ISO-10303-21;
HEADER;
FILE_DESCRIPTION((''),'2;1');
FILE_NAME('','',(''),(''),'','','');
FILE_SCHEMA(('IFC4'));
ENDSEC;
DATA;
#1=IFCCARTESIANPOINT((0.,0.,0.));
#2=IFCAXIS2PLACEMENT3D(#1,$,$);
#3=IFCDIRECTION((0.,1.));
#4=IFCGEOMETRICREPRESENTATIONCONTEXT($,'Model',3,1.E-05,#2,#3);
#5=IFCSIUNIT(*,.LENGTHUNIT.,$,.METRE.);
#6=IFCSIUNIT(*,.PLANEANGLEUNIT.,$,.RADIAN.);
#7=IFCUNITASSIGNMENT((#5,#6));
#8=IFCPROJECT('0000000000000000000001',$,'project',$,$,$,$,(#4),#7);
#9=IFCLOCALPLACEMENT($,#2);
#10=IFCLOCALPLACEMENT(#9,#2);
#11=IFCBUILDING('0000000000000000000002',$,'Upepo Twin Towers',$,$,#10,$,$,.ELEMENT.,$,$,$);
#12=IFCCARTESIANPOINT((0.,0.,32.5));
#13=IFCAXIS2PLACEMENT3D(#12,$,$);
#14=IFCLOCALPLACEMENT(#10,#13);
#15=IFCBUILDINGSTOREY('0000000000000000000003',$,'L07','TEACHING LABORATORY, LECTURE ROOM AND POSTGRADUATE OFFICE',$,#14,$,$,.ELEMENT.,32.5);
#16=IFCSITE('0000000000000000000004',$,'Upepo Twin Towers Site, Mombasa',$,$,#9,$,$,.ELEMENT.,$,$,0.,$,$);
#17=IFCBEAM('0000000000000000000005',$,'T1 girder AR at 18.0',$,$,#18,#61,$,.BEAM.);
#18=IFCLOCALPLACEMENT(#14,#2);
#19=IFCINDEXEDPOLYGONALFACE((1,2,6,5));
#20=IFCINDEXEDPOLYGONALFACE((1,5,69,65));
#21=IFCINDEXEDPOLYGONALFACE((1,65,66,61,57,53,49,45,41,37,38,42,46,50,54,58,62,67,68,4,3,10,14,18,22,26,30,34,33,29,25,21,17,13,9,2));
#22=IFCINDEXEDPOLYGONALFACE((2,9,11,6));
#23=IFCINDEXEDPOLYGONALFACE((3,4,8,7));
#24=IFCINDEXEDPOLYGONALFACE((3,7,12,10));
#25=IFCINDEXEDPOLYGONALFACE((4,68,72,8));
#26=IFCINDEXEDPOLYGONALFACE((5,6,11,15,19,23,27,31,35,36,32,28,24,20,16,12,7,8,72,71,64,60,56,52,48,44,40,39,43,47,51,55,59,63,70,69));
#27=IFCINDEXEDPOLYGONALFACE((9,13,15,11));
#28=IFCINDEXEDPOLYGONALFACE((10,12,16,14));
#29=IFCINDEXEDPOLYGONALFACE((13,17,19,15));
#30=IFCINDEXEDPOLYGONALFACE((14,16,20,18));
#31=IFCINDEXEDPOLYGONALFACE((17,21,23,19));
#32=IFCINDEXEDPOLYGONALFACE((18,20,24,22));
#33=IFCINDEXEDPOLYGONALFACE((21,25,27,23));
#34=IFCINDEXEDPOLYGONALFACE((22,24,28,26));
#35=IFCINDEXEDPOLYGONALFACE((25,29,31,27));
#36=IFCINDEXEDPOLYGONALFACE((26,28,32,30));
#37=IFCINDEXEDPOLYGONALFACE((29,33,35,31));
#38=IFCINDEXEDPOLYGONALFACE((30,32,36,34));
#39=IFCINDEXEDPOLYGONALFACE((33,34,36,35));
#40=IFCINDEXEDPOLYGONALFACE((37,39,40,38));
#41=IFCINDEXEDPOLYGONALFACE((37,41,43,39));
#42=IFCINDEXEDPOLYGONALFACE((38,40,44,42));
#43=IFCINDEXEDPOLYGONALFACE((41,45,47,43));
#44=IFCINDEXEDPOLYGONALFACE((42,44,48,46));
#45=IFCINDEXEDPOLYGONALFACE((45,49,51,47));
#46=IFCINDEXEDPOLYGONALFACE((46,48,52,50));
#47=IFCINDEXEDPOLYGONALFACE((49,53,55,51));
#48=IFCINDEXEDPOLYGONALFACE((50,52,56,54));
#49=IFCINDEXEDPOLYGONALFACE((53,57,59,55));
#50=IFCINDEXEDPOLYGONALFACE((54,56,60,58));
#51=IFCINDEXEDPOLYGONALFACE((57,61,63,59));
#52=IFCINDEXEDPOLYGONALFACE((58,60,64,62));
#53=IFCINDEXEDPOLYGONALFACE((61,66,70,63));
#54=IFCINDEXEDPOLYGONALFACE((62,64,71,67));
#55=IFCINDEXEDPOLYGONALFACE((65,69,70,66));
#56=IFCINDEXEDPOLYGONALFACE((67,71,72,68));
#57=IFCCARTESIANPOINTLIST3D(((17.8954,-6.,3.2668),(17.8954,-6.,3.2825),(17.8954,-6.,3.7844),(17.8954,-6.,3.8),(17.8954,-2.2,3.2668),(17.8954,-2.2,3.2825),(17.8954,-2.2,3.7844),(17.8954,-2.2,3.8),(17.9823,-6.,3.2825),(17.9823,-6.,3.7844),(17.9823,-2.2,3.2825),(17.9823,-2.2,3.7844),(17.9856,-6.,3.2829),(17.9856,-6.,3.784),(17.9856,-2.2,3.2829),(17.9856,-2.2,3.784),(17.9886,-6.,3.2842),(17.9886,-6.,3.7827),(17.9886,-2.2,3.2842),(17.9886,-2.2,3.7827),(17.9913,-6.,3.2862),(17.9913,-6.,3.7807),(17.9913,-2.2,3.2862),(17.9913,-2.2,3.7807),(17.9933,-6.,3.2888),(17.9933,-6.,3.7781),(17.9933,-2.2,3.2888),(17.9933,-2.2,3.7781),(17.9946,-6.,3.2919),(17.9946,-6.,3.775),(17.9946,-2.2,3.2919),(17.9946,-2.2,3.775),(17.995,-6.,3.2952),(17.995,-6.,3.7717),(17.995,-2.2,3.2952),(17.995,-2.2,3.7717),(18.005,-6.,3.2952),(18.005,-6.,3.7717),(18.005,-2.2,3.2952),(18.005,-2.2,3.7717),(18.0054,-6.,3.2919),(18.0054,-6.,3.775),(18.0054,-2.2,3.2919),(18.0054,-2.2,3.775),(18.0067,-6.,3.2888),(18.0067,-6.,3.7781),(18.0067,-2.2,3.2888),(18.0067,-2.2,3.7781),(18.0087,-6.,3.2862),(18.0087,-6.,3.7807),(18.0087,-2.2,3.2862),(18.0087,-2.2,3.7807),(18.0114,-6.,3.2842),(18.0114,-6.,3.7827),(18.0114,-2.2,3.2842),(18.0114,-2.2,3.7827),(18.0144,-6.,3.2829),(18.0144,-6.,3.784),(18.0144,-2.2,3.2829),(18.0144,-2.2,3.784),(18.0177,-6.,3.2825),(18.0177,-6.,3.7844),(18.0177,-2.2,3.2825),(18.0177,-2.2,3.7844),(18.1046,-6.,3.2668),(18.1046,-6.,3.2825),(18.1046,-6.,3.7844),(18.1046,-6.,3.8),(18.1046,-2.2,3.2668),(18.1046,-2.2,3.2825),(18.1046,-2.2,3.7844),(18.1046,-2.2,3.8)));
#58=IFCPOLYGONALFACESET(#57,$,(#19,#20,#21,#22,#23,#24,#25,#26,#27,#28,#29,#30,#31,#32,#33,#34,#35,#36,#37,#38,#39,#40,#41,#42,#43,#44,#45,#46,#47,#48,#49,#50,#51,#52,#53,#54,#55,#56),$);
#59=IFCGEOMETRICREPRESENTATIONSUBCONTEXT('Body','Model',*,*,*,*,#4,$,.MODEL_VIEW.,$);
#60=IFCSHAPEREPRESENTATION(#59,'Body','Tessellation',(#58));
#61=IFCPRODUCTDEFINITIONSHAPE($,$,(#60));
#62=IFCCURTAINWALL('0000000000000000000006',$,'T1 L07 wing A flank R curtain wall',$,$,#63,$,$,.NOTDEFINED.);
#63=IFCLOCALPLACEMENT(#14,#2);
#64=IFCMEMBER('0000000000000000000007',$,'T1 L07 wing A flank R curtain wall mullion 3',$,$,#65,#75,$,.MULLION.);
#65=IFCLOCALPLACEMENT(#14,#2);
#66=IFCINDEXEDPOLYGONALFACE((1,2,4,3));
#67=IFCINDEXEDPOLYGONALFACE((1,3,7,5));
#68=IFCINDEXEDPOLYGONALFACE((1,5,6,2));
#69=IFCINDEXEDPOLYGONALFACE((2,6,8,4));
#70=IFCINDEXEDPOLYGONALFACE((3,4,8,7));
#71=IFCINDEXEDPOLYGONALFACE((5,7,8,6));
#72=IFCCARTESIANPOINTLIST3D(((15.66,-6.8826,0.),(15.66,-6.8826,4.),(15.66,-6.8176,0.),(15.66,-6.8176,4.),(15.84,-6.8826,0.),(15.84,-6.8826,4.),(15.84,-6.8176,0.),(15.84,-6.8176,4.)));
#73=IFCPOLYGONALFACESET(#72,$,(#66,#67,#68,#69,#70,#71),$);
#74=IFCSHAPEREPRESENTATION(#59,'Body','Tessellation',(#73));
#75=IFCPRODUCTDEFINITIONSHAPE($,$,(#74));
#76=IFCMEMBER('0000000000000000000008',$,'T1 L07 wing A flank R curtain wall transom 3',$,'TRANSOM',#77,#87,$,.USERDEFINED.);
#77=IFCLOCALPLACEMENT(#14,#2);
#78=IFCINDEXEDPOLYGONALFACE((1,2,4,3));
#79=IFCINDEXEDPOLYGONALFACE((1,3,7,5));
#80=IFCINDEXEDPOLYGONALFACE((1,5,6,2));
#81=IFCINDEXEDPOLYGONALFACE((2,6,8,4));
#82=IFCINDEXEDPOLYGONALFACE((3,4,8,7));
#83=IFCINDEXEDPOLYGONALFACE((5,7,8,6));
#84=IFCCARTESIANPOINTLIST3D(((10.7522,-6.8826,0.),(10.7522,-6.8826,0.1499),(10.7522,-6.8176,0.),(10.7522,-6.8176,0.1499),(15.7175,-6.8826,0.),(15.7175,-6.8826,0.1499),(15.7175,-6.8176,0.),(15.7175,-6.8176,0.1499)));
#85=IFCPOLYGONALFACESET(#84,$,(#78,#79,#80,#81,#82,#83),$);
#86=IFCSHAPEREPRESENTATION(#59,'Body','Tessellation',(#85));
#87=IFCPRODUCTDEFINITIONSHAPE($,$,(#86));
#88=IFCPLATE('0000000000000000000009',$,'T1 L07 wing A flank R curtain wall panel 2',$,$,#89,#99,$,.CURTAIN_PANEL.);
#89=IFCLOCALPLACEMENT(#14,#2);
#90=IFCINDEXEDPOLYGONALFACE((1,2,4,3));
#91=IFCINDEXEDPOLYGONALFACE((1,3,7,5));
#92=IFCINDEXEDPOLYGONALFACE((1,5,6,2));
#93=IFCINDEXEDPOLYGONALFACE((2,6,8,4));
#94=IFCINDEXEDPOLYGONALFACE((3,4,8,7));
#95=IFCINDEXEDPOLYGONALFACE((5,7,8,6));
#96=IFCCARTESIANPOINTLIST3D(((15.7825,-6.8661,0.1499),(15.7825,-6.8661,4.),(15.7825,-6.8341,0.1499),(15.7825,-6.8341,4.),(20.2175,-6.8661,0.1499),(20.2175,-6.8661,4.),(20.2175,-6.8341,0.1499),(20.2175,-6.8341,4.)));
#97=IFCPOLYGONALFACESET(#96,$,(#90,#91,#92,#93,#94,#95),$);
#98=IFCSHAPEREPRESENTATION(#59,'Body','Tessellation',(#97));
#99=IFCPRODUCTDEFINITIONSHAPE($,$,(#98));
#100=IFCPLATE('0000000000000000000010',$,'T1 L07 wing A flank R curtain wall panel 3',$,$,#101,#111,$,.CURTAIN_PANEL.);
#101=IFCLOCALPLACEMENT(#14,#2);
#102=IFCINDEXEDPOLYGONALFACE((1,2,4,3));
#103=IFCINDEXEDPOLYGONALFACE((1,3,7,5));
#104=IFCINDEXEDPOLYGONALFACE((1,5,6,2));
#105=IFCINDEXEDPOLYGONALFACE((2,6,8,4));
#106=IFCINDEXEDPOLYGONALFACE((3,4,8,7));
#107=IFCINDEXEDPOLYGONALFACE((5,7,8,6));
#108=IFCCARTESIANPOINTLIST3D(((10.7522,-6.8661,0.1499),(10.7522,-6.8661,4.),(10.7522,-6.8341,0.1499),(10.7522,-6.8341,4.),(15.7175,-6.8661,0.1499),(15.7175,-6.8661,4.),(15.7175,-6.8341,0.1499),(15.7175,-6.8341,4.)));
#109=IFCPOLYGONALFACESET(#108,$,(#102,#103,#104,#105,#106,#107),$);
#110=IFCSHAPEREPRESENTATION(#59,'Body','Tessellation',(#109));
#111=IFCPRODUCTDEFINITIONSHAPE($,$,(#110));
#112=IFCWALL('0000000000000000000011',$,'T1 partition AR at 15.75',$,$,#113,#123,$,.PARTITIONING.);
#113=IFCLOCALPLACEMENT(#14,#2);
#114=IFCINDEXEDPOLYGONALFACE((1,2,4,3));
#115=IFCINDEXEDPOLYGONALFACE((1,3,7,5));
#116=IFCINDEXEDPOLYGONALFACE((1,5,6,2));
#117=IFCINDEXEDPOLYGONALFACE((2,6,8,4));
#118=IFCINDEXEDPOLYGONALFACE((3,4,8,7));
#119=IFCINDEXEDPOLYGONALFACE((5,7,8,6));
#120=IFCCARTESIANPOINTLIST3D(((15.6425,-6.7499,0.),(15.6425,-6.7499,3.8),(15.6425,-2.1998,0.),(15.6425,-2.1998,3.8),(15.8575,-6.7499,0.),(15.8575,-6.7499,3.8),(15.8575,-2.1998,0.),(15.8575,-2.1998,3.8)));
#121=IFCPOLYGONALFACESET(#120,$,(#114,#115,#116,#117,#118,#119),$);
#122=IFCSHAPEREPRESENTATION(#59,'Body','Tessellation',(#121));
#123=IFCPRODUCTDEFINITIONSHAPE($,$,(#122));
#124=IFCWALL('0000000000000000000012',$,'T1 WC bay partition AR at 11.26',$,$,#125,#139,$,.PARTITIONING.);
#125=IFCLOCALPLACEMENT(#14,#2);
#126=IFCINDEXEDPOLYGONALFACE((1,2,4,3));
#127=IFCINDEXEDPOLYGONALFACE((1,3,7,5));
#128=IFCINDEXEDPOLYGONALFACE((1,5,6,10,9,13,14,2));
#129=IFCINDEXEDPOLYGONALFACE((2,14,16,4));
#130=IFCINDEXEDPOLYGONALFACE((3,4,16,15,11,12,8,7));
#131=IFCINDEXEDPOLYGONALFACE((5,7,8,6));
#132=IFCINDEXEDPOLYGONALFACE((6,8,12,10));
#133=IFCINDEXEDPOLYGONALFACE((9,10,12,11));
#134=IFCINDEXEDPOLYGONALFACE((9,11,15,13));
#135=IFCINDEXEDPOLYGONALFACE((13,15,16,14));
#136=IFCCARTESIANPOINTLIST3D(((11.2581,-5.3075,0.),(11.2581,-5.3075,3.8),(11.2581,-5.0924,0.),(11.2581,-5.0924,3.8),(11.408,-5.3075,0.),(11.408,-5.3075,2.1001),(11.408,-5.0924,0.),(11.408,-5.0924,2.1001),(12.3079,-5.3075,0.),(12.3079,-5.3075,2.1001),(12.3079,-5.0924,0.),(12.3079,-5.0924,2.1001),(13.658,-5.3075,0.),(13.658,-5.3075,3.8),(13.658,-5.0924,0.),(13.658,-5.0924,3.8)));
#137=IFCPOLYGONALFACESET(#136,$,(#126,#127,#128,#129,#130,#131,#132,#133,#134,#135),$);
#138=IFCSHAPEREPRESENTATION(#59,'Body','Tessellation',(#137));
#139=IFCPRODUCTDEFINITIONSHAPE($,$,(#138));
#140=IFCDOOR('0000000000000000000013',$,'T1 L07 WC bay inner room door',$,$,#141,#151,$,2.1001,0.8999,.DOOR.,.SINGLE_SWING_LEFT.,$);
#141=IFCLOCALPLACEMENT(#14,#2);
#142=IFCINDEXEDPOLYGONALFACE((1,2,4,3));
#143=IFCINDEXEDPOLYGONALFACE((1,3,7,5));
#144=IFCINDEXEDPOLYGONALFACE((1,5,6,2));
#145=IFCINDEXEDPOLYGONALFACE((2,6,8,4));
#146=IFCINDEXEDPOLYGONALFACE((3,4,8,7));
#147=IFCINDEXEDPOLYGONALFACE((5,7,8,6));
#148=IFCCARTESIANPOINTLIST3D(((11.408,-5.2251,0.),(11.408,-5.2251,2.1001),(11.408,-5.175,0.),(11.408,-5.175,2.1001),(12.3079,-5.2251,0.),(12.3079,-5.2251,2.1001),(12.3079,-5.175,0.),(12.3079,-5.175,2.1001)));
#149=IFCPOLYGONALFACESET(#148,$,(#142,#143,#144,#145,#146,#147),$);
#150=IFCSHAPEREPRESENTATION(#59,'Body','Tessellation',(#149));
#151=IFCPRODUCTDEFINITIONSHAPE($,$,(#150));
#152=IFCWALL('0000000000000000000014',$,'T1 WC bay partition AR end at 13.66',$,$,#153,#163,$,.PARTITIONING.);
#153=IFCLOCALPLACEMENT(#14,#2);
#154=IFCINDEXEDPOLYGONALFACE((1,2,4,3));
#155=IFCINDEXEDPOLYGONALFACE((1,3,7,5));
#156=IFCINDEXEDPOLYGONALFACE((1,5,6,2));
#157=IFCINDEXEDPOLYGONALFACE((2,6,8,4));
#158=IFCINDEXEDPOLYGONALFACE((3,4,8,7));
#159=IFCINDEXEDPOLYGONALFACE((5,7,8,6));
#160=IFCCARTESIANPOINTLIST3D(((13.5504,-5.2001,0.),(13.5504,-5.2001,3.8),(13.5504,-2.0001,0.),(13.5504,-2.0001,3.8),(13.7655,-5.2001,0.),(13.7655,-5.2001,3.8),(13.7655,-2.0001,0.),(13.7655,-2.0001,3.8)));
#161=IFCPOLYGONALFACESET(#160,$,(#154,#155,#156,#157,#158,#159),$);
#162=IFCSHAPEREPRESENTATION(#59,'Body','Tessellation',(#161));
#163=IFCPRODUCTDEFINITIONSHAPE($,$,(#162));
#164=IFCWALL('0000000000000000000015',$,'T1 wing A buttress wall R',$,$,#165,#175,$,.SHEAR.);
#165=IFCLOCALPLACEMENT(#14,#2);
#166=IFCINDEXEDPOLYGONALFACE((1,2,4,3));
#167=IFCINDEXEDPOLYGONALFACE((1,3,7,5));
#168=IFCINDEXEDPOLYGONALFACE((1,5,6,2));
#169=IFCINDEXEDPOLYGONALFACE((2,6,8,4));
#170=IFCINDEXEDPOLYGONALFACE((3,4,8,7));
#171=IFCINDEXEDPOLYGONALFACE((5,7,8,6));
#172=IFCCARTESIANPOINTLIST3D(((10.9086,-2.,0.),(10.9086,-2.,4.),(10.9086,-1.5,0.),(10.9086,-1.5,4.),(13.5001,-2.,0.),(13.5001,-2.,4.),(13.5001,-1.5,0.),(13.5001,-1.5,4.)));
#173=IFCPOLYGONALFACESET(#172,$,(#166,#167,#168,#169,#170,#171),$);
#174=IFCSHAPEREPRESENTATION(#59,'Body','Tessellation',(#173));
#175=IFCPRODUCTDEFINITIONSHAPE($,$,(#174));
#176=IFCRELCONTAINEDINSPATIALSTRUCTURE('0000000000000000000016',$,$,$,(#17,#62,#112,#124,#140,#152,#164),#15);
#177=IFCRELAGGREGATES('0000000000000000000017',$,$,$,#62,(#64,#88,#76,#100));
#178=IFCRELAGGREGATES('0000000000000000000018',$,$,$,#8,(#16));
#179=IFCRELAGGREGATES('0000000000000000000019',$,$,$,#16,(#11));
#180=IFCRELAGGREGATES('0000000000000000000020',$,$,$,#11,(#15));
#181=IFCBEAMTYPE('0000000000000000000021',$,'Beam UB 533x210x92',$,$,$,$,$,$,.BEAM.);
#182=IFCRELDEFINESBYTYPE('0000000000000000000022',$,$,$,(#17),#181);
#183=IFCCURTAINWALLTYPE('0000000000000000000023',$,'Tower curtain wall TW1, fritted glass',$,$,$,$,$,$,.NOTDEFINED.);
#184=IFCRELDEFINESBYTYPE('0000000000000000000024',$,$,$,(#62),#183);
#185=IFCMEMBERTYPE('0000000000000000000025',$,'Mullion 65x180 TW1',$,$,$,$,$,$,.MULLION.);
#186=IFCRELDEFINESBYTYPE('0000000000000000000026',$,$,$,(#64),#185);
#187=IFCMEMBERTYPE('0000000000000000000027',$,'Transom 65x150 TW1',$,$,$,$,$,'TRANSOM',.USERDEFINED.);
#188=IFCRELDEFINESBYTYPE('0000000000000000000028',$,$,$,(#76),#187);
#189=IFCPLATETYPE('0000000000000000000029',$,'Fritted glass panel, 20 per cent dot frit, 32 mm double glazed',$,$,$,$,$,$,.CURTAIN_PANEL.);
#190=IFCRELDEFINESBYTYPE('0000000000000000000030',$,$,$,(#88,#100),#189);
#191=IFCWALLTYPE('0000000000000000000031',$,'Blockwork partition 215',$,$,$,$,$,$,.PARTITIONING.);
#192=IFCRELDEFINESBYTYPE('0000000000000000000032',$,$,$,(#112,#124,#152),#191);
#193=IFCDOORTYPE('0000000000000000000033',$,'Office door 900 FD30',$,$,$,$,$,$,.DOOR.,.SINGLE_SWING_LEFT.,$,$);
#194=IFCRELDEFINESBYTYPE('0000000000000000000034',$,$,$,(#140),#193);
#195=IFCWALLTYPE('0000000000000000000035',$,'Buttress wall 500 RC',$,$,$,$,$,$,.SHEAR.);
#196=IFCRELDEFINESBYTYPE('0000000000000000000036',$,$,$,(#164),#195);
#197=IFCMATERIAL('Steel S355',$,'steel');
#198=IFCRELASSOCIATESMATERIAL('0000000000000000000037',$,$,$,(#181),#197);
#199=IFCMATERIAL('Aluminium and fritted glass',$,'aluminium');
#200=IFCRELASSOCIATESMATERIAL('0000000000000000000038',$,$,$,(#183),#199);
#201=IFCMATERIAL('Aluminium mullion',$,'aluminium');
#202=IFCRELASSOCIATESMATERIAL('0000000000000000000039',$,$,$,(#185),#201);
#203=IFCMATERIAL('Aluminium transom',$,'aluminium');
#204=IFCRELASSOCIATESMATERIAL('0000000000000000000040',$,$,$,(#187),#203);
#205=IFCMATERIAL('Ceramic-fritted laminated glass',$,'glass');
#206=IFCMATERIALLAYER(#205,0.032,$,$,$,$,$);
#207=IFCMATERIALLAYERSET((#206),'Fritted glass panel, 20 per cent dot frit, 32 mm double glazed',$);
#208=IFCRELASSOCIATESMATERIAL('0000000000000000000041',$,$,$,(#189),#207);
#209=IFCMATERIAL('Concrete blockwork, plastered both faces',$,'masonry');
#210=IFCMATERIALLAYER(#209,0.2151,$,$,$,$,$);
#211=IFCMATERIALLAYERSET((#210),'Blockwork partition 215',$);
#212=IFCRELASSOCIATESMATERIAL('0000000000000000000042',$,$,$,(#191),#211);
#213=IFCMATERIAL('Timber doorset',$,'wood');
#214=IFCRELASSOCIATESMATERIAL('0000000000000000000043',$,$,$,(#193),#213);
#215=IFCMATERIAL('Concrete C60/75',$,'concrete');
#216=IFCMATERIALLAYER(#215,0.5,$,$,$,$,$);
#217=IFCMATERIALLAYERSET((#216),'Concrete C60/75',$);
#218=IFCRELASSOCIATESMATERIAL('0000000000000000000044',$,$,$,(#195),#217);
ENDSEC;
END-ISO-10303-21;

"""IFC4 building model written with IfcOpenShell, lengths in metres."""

from ifc_helpers import new_model, si_unit, direction, frame, frame_2d, origin, origin_2d, place, context, subcontext, project, spatial, rectangle, i_section, extrude, material, layer, layer_set, material_profile, profile_set, type_object, element, fill, aggregate, save


model = new_model("IFC4")

# Units and contexts
model_context = context("Model", 3, precision=1e-05, world=origin(), true_north=direction((0.0, 1.0)))
body_context = subcontext(model_context, "Body", "Model", "MODEL_VIEW")
ifc_project = project(units=[si_unit("LENGTHUNIT", "METRE"), si_unit("PLANEANGLEUNIT", "RADIAN")], contexts=[model_context])

# Site, building, storey
site_placement = place(None, origin())
site = spatial("IfcSite", under=ifc_project, at=site_placement, Name="Upepo Twin Towers Site, Mombasa", CompositionType="ELEMENT", RefElevation=0.0)
building_placement = place(site_placement, origin())
building = spatial("IfcBuilding", under=site, at=building_placement, Name="Upepo Twin Towers", CompositionType="ELEMENT")
storey_placement = place(building_placement, frame((0.0, 0.0, 32.5)))
storey = spatial("IfcBuildingStorey", under=building, at=storey_placement, Name="L07", Description="TEACHING LABORATORY, LECTURE ROOM AND POSTGRADUATE OFFICE", CompositionType="ELEMENT", Elevation=32.5)

# Beam
ifc_material_1 = material(Name="Steel S355", Category="steel")
ifc_material_profile_1 = material_profile(ifc_material_1, i_section(OverallWidth=0.2092, OverallDepth=0.5332, WebThickness=0.01, FlangeThickness=0.0156, FilletRadius=0.0127, at=origin_2d()), Name="UB 533x210x92")
ifc_profile_set_1 = profile_set([ifc_material_profile_1], Name="Steel S355")
beam_type_1 = type_object("IfcBeamType", Name="Beam UB 533x210x92", PredefinedType="BEAM", material=ifc_profile_set_1)
for number, where, z_axis, x_axis, name in (
    (1, (18.0, -6.0, 3.5334), (0.0, 1.0, 0.0), (-1.0, 0.0, 0.0), "T1 girder AR at 18.0"),
):
    element("IfcBeam", number, at=place(storey_placement, frame(where, z_axis=z_axis, x_axis=x_axis)), inside=storey, type_object=beam_type_1, Name=name, PredefinedType="BEAM", context=body_context, shape_type="SweptSolid", body=[
        extrude(i_section(OverallWidth=0.2092, OverallDepth=0.5332, WebThickness=0.01, FlangeThickness=0.0156, FilletRadius=0.0127, at=origin_2d()), origin(), (0.0, 0.0, 1.0), 3.8),
    ])

# Curtain wall, members, plates
ifc_material_2 = material(Name="Aluminium and fritted glass", Category="aluminium")
curtain_wall_type = type_object("IfcCurtainWallType", Name="Tower curtain wall TW1, fritted glass", PredefinedType="NOTDEFINED", material=ifc_material_2)
curtain_wall_placement = place(storey_placement, origin())
curtain_wall = element("IfcCurtainWall", 2, at=curtain_wall_placement, inside=storey, type_object=curtain_wall_type, Name="T1 L07 wing A flank R curtain wall", PredefinedType="NOTDEFINED")
ifc_material_3 = material(Name="Aluminium mullion", Category="aluminium")
ifc_material_profile_2 = material_profile(ifc_material_3, rectangle(XDim=0.0649, YDim=0.1799, at=origin_2d()), Name="MULLION 65x180")
ifc_profile_set_2 = profile_set([ifc_material_profile_2], Name="Aluminium mullion")
member_type_1 = type_object("IfcMemberType", Name="Mullion 65x180 TW1", PredefinedType="MULLION", material=ifc_profile_set_2)
member_1_placement = place(storey_placement, frame((15.75, -6.8501, 0.0), z_axis=(0.0, 0.0, 1.0), x_axis=(0.0, -1.0, 0.0)))
member_1 = element("IfcMember", 3, at=member_1_placement, type_object=member_type_1, Name="T1 L07 wing A flank R curtain wall mullion 3", PredefinedType="MULLION", context=body_context, shape_type="SweptSolid", body=[
    extrude(rectangle(XDim=0.0649, YDim=0.1799, at=origin_2d()), origin(), (0.0, 0.0, 1.0), 4.0),
])
ifc_material_4 = material(Name="Aluminium transom", Category="aluminium")
ifc_material_profile_3 = material_profile(ifc_material_4, rectangle(XDim=0.0649, YDim=0.1499, at=origin_2d()), Name="TRANSOM 65x150")
ifc_profile_set_3 = profile_set([ifc_material_profile_3], Name="Aluminium transom")
member_type_2 = type_object("IfcMemberType", Name="Transom 65x150 TW1", ElementType="TRANSOM", PredefinedType="USERDEFINED", material=ifc_profile_set_3)
member_2_placement = place(storey_placement, frame((15.7175, -6.8501, 0.075), z_axis=(-1.0, 0.0, 0.0), x_axis=(0.0, -1.0, 0.0)))
member_2 = element("IfcMember", 4, at=member_2_placement, type_object=member_type_2, Name="T1 L07 wing A flank R curtain wall transom 3", ObjectType="TRANSOM", PredefinedType="USERDEFINED", context=body_context, shape_type="SweptSolid", body=[
    extrude(rectangle(XDim=0.0649, YDim=0.1499, at=origin_2d()), origin(), (0.0, 0.0, 1.0), 4.9653),
])
ifc_material_5 = material(Name="Ceramic-fritted laminated glass", Category="glass")
ifc_layer_1 = layer(ifc_material_5, 0.032)
ifc_layer_set_1 = layer_set([ifc_layer_1], Name="Fritted glass panel, 20 per cent dot frit, 32 mm double glazed")
plate_type = type_object("IfcPlateType", Name="Fritted glass panel, 20 per cent dot frit, 32 mm double glazed", PredefinedType="CURTAIN_PANEL", material=ifc_layer_set_1)
plate_1_placement = place(storey_placement, frame((18.0, -6.8501, 0.1499), z_axis=(0.0, 0.0, 1.0), x_axis=(-1.0, 0.0, 0.0)))
plate_1 = element("IfcPlate", 5, at=plate_1_placement, type_object=plate_type, Name="T1 L07 wing A flank R curtain wall panel 2", PredefinedType="CURTAIN_PANEL", context=body_context, shape_type="SweptSolid", body=[
    extrude(rectangle(XDim=4.4351, YDim=0.032, at=origin_2d()), origin(), (0.0, 0.0, 1.0), 3.8501),
])
plate_2_placement = place(storey_placement, frame((13.2349, -6.8501, 0.1499), z_axis=(0.0, 0.0, 1.0), x_axis=(-1.0, 0.0, 0.0)))
plate_2 = element("IfcPlate", 6, at=plate_2_placement, type_object=plate_type, Name="T1 L07 wing A flank R curtain wall panel 3", PredefinedType="CURTAIN_PANEL", context=body_context, shape_type="SweptSolid", body=[
    extrude(rectangle(XDim=4.9653, YDim=0.032, at=origin_2d()), origin(), (0.0, 0.0, 1.0), 3.8501),
])
aggregate(curtain_wall, [member_1, plate_1, member_2, plate_2])

# Wall
ifc_material_6 = material(Name="Concrete blockwork, plastered both faces", Category="masonry")
ifc_layer_2 = layer(ifc_material_6, 0.2151)
ifc_layer_set_2 = layer_set([ifc_layer_2], Name="Blockwork partition 215")
wall_type_1 = type_object("IfcWallType", Name="Blockwork partition 215", PredefinedType="PARTITIONING", material=ifc_layer_set_2)
wall_1_placement = place(storey_placement, frame((15.75, -2.2, 0.0), z_axis=(0.0, 0.0, 1.0), x_axis=(0.0, -1.0, 0.0)))
element("IfcWall", 7, at=wall_1_placement, inside=storey, type_object=wall_type_1, Name="T1 partition AR at 15.75", PredefinedType="PARTITIONING", context=body_context, shape_type="SweptSolid", body=[
    extrude(rectangle(XDim=4.55, YDim=0.2151, at=frame_2d((2.2749, 0.0))), origin(), (0.0, 0.0, 1.0), 3.8),
])

# Wall, opening, door
wall_2_placement = place(storey_placement, frame((11.2581, -5.2, 0.0), z_axis=(0.0, 0.0, 1.0), x_axis=(1.0, 0.0, 0.0)))
wall_2 = element("IfcWall", 8, at=wall_2_placement, inside=storey, type_object=wall_type_1, Name="T1 WC bay partition AR at 11.26", PredefinedType="PARTITIONING", context=body_context, shape_type="SweptSolid", body=[
    extrude(rectangle(XDim=2.3999, YDim=0.2151, at=frame_2d((1.2, 0.0))), origin(), (0.0, 0.0, 1.0), 3.8),
])
opening_1_placement = place(wall_2_placement, frame((0.1499, 0.0, 0.0)))
opening_1 = element("IfcOpeningElement", 9, at=opening_1_placement, cuts=wall_2, PredefinedType="OPENING", context=body_context, shape_type="SweptSolid", body=[
    extrude(rectangle(XDim=0.8999, YDim=2.1001, at=frame_2d((0.45, 1.05))), frame((0.0, 0.1174, 0.0), z_axis=(0.0, -1.0, 0.0), x_axis=(1.0, 0.0, 0.0)), (0.0, 0.0, 1.0), 0.2351),
])
ifc_material_7 = material(Name="Timber doorset", Category="wood")
door_type_1 = type_object("IfcDoorType", Name="Office door 900 FD30", OperationType="SINGLE_SWING_LEFT", PredefinedType="DOOR", material=ifc_material_7)
door_1_placement = place(opening_1_placement, origin())
door_1 = element("IfcDoor", 10, at=door_1_placement, inside=storey, type_object=door_type_1, Name="T1 L07 WC bay inner room door", OperationType="SINGLE_SWING_LEFT", OverallHeight=2.1001, OverallWidth=0.8999, PredefinedType="DOOR", context=body_context, shape_type="SweptSolid", body=[
    extrude(rectangle(XDim=0.8999, YDim=2.1001, at=frame_2d((0.45, 1.05))), frame((0.0, 0.0249, 0.0), z_axis=(0.0, -1.0, 0.0), x_axis=(1.0, 0.0, 0.0)), (0.0, 0.0, 1.0), 0.05),
])
fill(opening_1, door_1)

# Walls
wall_3_placement = place(storey_placement, frame((13.658, -2.0, 0.0), z_axis=(0.0, 0.0, 1.0), x_axis=(0.0, -1.0, 0.0)))
element("IfcWall", 11, at=wall_3_placement, inside=storey, type_object=wall_type_1, Name="T1 WC bay partition AR end at 13.66", PredefinedType="PARTITIONING", context=body_context, shape_type="SweptSolid", body=[
    extrude(rectangle(XDim=3.2, YDim=0.2151, at=frame_2d((1.6001, 0.0))), origin(), (0.0, 0.0, 1.0), 3.8),
])
ifc_material_8 = material(Name="Concrete C60/75", Category="concrete")
ifc_layer_3 = layer(ifc_material_8, 0.5)
ifc_layer_set_3 = layer_set([ifc_layer_3], Name="Concrete C60/75")
wall_type_2 = type_object("IfcWallType", Name="Buttress wall 500 RC", PredefinedType="SHEAR", material=ifc_layer_set_3)
wall_4_placement = place(storey_placement, frame((10.9084, -1.75, 0.0), z_axis=(0.0, 0.0, 1.0), x_axis=(1.0, 0.0, 0.0)))
element("IfcWall", 12, at=wall_4_placement, inside=storey, type_object=wall_type_2, Name="T1 wing A buttress wall R", PredefinedType="SHEAR", context=body_context, shape_type="SweptSolid", body=[
    extrude(rectangle(XDim=2.5916, YDim=0.5, at=frame_2d((1.2959, 0.0))), origin(), (0.0, 0.0, 1.0), 4.0),
])

save(model, "model.ifc")
